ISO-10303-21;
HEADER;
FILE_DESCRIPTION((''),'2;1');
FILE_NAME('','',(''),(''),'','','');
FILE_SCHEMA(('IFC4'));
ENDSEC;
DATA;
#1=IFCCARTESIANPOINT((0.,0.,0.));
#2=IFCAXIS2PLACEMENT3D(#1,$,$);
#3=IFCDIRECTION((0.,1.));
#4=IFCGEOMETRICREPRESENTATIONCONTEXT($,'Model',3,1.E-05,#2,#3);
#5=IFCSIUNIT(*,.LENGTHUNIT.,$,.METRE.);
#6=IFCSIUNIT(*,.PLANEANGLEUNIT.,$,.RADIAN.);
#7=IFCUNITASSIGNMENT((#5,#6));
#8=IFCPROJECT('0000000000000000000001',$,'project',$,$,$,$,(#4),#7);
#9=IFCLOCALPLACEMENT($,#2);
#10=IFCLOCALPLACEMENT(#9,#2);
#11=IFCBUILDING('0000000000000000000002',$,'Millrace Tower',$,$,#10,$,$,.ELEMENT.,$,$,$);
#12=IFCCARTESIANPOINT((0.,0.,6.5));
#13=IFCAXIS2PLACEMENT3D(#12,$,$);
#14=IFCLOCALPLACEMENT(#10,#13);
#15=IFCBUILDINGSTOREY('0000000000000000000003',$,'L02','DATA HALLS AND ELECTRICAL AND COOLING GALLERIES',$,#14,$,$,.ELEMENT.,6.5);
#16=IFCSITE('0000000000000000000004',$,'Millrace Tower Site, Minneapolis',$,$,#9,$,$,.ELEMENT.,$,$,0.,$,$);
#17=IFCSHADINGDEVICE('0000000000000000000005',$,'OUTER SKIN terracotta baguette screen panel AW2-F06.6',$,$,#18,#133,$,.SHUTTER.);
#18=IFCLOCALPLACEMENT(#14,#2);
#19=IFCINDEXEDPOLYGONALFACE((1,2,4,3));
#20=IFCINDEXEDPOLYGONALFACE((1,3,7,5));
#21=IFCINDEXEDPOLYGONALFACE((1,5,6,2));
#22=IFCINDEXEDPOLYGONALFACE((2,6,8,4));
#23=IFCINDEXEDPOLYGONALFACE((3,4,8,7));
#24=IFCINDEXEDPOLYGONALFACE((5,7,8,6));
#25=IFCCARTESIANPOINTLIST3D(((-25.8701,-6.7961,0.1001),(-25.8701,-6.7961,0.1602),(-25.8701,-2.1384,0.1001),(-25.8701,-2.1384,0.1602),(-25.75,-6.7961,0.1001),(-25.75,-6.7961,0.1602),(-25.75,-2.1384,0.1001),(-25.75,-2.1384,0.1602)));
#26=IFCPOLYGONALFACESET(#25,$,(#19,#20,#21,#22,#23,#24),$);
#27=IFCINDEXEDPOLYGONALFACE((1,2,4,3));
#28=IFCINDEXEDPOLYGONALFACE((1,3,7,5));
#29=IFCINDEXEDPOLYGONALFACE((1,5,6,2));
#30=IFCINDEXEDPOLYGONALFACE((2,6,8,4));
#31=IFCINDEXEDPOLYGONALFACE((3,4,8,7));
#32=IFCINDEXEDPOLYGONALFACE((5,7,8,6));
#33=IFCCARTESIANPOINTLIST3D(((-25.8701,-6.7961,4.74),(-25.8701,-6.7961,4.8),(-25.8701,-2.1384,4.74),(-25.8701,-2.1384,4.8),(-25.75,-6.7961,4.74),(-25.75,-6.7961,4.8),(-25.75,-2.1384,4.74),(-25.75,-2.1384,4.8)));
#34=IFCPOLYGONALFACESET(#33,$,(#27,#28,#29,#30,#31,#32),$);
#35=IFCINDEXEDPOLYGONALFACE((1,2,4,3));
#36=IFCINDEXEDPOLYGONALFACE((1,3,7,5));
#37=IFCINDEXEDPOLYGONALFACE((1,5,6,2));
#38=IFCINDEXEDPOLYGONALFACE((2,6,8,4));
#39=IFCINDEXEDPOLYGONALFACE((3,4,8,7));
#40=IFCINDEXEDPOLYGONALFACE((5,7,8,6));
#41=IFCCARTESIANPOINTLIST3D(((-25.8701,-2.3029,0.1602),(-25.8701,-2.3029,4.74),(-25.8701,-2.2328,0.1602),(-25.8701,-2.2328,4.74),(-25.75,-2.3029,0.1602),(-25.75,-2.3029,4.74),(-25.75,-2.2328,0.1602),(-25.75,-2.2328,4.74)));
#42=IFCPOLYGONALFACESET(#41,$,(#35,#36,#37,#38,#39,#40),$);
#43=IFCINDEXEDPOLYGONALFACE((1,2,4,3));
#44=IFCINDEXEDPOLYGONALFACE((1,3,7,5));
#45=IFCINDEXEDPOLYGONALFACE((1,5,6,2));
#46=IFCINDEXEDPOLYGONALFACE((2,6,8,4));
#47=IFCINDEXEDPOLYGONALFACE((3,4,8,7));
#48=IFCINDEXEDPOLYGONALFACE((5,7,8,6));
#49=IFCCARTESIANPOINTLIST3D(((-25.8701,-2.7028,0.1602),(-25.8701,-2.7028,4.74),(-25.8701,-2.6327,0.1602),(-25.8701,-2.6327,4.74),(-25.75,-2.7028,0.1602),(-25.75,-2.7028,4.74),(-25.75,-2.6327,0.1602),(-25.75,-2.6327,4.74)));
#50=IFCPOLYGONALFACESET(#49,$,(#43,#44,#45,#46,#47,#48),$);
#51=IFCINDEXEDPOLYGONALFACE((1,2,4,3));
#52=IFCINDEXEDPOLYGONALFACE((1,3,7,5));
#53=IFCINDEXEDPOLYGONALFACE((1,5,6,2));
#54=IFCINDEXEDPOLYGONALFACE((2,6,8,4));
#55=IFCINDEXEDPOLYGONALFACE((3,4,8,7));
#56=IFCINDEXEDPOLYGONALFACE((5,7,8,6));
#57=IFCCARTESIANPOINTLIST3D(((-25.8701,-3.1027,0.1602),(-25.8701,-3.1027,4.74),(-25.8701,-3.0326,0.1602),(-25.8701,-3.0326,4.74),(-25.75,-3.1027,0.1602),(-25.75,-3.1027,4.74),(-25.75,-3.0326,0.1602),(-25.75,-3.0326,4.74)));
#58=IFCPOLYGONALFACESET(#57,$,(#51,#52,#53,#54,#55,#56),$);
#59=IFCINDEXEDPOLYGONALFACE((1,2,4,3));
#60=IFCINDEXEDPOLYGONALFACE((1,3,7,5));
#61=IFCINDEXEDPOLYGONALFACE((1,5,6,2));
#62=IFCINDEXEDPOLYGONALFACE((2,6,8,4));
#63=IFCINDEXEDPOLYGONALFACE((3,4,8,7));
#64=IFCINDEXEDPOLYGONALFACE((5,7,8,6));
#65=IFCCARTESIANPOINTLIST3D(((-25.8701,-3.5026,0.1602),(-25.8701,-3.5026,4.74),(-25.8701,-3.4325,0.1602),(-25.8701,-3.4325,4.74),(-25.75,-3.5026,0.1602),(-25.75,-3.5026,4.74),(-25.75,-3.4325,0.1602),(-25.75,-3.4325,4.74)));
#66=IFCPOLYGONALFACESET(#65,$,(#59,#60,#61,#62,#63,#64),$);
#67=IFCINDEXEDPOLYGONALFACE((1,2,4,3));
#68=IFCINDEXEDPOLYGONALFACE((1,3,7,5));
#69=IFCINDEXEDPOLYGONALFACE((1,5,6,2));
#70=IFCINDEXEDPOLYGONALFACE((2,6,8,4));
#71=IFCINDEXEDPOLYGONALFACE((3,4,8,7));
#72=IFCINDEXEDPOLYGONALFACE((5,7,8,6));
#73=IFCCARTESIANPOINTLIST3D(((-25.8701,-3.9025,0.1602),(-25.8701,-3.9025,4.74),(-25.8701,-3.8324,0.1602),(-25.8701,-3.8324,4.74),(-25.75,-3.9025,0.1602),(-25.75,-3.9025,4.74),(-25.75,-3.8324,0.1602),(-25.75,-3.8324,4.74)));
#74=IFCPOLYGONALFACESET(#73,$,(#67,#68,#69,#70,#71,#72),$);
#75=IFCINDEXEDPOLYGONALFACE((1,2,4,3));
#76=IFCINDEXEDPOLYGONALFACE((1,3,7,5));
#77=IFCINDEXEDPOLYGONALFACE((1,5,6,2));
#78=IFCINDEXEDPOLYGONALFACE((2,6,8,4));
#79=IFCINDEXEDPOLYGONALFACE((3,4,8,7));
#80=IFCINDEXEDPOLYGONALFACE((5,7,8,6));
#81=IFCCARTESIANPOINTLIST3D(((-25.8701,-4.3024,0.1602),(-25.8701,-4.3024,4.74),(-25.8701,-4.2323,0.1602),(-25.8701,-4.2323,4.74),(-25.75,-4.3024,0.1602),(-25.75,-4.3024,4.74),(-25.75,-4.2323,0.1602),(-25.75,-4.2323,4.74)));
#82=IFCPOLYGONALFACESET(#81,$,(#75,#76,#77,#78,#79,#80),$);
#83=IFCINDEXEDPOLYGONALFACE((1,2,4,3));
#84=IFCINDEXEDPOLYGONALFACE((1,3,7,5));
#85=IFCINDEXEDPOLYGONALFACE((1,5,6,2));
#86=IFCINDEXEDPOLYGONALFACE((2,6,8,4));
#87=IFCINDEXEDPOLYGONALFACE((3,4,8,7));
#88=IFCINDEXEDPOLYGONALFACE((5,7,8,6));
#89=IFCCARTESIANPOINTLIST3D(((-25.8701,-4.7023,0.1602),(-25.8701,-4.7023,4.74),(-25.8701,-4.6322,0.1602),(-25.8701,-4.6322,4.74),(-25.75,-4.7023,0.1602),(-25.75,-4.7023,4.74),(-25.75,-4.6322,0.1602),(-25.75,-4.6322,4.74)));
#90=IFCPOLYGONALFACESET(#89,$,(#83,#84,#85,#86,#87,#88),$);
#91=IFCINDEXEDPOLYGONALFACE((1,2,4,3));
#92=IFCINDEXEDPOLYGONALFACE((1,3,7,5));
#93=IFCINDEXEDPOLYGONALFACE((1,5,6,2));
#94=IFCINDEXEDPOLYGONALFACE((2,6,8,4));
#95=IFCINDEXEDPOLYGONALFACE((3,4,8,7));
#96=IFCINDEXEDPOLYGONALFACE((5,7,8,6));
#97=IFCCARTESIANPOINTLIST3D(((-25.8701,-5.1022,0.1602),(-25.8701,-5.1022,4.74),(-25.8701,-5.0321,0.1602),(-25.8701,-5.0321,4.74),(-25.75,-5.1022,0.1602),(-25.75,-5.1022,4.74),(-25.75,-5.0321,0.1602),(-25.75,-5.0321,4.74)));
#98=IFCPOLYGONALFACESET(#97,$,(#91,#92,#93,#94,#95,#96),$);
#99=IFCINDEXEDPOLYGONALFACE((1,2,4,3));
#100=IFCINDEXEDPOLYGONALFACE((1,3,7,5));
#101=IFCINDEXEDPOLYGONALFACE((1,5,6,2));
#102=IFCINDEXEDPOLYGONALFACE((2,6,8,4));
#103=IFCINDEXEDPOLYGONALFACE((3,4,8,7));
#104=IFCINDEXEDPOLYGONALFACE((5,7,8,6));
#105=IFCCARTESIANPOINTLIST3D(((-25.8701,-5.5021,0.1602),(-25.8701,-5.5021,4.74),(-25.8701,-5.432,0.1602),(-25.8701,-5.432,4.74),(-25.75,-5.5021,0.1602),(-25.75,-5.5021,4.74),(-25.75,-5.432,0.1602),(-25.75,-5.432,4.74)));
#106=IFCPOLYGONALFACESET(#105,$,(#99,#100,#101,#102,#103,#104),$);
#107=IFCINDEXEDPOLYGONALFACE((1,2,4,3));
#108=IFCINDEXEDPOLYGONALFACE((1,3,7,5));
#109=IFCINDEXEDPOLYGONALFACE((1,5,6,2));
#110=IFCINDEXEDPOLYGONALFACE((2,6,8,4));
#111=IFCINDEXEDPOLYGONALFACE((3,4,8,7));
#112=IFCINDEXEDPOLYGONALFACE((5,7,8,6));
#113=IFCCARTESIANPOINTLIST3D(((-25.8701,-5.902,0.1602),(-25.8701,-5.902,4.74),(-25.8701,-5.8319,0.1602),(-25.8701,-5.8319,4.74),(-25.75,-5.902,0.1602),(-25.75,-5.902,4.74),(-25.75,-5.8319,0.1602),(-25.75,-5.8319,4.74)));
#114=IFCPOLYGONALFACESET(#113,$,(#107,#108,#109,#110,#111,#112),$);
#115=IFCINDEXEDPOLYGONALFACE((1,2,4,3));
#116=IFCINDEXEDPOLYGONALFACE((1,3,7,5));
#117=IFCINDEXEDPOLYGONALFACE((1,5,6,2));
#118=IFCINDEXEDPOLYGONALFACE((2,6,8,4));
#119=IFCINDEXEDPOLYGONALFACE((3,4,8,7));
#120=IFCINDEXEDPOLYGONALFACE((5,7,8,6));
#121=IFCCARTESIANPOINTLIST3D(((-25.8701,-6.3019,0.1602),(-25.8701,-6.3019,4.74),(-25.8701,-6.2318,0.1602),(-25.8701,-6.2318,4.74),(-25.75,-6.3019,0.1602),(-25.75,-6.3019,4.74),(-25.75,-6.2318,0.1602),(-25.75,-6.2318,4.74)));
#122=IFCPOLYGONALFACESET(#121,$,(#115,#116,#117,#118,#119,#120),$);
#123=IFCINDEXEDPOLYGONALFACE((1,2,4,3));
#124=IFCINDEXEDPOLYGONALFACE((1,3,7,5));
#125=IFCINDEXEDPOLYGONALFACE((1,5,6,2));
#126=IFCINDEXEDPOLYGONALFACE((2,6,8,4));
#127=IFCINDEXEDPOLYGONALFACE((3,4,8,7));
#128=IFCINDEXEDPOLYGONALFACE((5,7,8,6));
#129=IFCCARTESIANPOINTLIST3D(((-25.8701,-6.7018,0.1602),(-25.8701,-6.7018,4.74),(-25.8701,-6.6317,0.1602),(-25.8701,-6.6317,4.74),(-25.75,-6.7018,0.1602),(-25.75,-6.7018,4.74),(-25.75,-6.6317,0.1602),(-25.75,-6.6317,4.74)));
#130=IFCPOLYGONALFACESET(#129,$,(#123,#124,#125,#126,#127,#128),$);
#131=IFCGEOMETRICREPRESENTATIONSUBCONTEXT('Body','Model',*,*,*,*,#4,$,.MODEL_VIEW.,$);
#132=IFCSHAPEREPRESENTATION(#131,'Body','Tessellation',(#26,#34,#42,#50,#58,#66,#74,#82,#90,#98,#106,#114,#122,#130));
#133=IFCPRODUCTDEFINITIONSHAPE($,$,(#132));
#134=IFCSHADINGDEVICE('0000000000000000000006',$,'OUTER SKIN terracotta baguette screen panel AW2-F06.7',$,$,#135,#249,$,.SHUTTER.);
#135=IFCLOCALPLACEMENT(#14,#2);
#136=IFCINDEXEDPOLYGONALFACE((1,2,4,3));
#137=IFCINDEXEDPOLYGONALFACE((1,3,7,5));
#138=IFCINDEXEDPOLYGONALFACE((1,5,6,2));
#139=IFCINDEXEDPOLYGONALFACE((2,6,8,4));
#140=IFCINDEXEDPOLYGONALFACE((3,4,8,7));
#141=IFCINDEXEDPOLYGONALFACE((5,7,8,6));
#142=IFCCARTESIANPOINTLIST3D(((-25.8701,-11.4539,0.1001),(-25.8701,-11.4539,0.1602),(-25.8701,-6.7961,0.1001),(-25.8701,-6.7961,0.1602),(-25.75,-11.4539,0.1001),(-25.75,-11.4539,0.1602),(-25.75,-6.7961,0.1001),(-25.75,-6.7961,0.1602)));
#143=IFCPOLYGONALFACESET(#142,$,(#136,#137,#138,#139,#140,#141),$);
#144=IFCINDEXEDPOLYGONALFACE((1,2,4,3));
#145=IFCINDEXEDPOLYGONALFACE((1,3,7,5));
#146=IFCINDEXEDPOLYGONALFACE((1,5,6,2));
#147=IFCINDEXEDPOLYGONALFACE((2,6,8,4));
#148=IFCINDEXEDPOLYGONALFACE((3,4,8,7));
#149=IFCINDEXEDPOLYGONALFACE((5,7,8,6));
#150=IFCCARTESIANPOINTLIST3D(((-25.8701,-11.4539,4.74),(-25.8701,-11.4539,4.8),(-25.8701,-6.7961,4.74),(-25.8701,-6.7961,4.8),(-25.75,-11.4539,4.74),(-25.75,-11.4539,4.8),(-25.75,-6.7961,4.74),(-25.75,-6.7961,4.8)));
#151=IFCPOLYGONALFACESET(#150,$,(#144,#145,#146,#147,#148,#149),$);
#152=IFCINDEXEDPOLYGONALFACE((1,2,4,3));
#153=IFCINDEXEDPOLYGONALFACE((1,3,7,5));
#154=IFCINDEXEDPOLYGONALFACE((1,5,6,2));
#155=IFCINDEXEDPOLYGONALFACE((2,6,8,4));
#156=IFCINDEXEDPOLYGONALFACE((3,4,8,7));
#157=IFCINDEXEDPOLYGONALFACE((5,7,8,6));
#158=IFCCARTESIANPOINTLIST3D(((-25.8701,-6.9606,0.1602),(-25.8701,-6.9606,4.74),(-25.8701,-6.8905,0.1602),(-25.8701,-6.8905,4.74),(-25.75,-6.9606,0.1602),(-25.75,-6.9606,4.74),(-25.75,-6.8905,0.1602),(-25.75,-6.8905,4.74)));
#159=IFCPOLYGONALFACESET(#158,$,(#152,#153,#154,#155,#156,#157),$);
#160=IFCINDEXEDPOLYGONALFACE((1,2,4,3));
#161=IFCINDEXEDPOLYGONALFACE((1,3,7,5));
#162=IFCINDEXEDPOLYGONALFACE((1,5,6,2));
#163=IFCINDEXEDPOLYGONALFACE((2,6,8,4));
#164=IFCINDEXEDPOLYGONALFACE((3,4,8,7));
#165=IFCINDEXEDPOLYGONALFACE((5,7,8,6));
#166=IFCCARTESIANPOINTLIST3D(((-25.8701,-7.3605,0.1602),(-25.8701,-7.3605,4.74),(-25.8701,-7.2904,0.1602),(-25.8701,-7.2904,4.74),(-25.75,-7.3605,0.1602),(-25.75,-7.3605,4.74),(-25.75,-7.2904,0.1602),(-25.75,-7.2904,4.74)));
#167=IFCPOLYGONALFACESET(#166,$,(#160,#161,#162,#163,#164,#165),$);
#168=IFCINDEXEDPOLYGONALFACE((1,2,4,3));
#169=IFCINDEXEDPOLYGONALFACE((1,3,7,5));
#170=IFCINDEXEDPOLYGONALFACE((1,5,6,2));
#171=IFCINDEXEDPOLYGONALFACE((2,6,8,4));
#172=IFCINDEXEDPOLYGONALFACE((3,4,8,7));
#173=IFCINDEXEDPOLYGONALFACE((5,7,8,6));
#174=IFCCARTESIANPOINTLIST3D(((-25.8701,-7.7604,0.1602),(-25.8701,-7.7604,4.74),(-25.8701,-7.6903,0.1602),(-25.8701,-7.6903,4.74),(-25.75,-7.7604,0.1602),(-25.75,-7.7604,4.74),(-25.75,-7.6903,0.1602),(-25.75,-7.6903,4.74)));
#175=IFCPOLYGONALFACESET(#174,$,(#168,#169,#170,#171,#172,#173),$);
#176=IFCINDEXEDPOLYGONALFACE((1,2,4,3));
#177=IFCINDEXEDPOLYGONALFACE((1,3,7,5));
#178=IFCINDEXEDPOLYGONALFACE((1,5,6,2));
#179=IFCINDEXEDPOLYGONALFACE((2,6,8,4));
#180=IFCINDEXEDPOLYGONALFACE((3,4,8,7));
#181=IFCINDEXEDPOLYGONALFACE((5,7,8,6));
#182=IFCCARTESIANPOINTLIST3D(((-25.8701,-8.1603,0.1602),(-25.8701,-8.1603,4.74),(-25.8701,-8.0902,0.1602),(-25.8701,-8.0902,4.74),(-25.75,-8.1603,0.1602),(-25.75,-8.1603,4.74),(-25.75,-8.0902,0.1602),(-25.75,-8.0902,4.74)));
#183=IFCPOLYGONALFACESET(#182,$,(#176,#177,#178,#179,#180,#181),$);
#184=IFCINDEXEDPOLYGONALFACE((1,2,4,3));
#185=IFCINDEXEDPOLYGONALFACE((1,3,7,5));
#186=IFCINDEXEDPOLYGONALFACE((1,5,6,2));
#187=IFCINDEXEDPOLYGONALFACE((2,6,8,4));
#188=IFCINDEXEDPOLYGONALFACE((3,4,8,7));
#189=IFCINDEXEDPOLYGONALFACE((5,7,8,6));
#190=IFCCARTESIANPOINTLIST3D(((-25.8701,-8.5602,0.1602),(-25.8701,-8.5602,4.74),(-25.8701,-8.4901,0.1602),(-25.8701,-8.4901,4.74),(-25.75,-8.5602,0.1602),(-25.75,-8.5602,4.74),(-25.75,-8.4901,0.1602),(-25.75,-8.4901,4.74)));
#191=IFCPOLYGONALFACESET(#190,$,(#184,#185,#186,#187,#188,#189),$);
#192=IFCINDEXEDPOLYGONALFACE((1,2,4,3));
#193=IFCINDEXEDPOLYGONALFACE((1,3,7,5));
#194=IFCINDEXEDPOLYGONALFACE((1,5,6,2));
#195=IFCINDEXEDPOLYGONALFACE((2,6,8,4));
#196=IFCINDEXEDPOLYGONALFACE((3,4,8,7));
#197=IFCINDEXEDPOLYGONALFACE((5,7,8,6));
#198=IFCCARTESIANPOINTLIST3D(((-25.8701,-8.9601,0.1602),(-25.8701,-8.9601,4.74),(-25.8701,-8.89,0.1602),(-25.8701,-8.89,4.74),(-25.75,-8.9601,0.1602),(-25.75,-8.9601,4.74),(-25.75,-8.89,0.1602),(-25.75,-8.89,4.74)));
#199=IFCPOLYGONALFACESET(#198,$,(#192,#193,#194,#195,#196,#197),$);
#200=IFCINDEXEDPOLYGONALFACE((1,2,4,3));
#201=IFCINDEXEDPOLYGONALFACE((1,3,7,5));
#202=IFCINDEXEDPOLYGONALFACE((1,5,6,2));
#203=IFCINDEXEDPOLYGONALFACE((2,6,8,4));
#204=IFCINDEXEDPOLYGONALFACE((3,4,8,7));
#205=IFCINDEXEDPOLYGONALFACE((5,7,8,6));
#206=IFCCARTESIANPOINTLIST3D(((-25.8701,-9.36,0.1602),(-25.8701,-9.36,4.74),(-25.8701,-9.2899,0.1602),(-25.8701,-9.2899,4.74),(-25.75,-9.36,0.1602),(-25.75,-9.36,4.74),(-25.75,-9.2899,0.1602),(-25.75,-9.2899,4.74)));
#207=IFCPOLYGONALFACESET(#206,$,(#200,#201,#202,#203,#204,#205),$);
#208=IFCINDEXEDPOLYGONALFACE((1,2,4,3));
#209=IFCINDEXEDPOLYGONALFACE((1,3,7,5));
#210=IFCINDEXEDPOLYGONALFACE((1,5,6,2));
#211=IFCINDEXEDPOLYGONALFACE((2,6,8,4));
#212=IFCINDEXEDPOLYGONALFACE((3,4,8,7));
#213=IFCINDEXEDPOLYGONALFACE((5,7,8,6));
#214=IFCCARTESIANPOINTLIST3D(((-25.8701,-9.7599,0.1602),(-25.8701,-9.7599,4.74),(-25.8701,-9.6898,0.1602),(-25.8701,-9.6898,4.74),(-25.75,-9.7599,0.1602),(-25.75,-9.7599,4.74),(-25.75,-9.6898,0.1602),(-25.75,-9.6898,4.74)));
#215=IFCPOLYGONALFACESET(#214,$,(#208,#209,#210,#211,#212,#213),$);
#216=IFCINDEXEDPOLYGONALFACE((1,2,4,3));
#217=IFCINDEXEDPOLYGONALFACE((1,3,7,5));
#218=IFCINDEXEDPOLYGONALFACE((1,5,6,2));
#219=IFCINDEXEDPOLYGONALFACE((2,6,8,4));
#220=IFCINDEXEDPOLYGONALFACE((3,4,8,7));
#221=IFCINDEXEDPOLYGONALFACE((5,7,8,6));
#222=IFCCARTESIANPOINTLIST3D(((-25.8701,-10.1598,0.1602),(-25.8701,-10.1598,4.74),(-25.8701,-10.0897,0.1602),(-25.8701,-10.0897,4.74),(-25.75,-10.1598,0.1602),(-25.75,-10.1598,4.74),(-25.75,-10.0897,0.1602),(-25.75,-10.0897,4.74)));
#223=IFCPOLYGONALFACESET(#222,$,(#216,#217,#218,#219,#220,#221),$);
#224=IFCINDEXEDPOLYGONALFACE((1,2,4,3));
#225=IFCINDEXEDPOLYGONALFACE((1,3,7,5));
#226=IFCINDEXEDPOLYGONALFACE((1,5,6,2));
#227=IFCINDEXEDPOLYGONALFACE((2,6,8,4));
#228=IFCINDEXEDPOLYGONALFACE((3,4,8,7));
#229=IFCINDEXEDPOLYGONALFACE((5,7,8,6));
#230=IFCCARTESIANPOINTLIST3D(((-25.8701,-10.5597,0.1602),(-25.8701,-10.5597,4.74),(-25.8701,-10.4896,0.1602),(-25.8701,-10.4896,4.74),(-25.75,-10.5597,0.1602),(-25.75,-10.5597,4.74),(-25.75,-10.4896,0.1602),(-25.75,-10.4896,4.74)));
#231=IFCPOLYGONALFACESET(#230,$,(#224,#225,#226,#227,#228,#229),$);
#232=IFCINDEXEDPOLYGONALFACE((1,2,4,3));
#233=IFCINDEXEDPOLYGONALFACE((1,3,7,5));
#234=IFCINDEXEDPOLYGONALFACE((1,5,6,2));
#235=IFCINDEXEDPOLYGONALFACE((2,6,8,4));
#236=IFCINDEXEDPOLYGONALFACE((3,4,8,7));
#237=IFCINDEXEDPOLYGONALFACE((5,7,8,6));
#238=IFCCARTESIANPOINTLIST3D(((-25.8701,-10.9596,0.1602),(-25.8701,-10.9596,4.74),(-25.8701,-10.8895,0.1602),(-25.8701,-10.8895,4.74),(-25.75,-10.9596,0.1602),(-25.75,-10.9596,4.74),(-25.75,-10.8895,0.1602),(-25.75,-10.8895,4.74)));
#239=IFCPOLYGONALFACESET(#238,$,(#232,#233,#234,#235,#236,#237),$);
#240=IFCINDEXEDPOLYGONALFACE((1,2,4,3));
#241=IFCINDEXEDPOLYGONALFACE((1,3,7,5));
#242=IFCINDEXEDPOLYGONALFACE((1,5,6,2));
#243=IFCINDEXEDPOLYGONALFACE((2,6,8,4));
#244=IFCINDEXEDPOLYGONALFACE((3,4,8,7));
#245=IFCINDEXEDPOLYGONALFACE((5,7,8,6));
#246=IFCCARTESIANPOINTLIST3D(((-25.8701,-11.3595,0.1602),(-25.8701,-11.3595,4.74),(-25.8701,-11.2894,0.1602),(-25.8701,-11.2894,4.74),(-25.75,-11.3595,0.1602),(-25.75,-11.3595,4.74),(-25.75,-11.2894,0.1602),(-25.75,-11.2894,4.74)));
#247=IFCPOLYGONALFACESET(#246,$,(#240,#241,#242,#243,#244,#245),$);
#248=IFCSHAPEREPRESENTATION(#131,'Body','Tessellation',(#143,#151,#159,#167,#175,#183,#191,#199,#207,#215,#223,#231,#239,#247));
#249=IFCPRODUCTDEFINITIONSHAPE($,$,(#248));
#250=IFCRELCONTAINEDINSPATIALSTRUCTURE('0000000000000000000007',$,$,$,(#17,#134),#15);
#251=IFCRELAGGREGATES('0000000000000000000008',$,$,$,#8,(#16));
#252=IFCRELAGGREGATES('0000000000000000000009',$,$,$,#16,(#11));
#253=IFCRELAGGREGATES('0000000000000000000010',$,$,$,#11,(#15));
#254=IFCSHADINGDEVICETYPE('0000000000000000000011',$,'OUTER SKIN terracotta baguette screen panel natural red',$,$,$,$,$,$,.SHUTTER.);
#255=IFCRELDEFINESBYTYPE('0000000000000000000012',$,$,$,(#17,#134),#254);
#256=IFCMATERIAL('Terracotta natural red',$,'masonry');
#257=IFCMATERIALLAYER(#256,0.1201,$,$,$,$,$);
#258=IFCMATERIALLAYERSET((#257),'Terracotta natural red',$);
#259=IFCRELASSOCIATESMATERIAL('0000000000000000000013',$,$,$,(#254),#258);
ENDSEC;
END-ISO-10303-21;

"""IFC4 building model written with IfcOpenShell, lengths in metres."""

from ifc_helpers import new_model, entity, si_unit, direction, frame, frame_2d, origin, place, context, subcontext, project, spatial, rectangle, extrude, source, transform, mapped, material, layer, layer_set, type_object, element, save


model = new_model("IFC4")

# Units and contexts
model_context = context("Model", 3, precision=1e-05, world=origin(), true_north=direction((0.0, 1.0)))
body_context = subcontext(model_context, "Body", "Model", "MODEL_VIEW")
ifc_project = project(units=[si_unit("LENGTHUNIT", "METRE"), si_unit("PLANEANGLEUNIT", "RADIAN")], contexts=[model_context])

# Site, building, storey
site_placement = place(None, origin())
site = spatial("IfcSite", under=ifc_project, at=site_placement, Name="Millrace Tower Site, Minneapolis", CompositionType="ELEMENT", RefElevation=0.0)
building_placement = place(site_placement, origin())
building = spatial("IfcBuilding", under=site, at=building_placement, Name="Millrace Tower", CompositionType="ELEMENT")
storey_placement = place(building_placement, frame((0.0, 0.0, 6.5)))
storey = spatial("IfcBuildingStorey", under=building, at=storey_placement, Name="L02", Description="DATA HALLS AND ELECTRICAL AND COOLING GALLERIES", CompositionType="ELEMENT", Elevation=6.5)

# Shading devices
cartesian_point = entity("IfcCartesianPoint", [-2.3289, 0.0601])
shared_polyline = entity("IfcPolyline", [cartesian_point, entity("IfcCartesianPoint", [2.3289, 0.0601]), entity("IfcCartesianPoint", [2.3289, -0.0601]), entity("IfcCartesianPoint", [-2.3289, -0.0601]), cartesian_point])
ifc_material_1 = material(Name="Terracotta natural red", Category="masonry")
ifc_layer_1 = layer(ifc_material_1, 0.1201)
ifc_layer_set_1 = layer_set([ifc_layer_1], Name="Terracotta natural red")
shading_device_type_1 = type_object("IfcShadingDeviceType", Name="OUTER SKIN terracotta baguette screen panel natural red", PredefinedType="SHUTTER", material=ifc_layer_set_1)
shared_shape_1 = source(origin(), body_context, "Body", "SweptSolid", [
    entity("IfcExtrudedAreaSolid", entity("IfcArbitraryClosedProfileDef", "AREA", None, shared_polyline), entity("IfcAxis2Placement3D", entity("IfcCartesianPoint", [0.0, 0.0, 0.0])), entity("IfcDirection", [0.0, 0.0, 1.0]), 0.0601),
    entity("IfcExtrudedAreaSolid", entity("IfcArbitraryClosedProfileDef", "AREA", None, shared_polyline), entity("IfcAxis2Placement3D", entity("IfcCartesianPoint", [0.0, 0.0, 4.6399])), entity("IfcDirection", [0.0, 0.0, 1.0]), 0.0601),
    extrude(rectangle(XDim=0.0701, YDim=0.1201, at=frame_2d((-2.1995, 0.0))), frame((0.0, 0.0, 0.0601)), (0.0, 0.0, 1.0), 4.5798),
    extrude(rectangle(XDim=0.0701, YDim=0.1201, at=frame_2d((-1.7996, 0.0))), frame((0.0, 0.0, 0.0601)), (0.0, 0.0, 1.0), 4.5798),
    extrude(rectangle(XDim=0.0701, YDim=0.1201, at=frame_2d((-1.3997, 0.0))), frame((0.0, 0.0, 0.0601)), (0.0, 0.0, 1.0), 4.5798),
    extrude(rectangle(XDim=0.0701, YDim=0.1201, at=frame_2d((-0.9998, 0.0))), frame((0.0, 0.0, 0.0601)), (0.0, 0.0, 1.0), 4.5798),
    extrude(rectangle(XDim=0.0701, YDim=0.1201, at=frame_2d((-0.5999, 0.0))), frame((0.0, 0.0, 0.0601)), (0.0, 0.0, 1.0), 4.5798),
    extrude(rectangle(XDim=0.0701, YDim=0.1201, at=frame_2d((-0.2, 0.0))), frame((0.0, 0.0, 0.0601)), (0.0, 0.0, 1.0), 4.5798),
    extrude(rectangle(XDim=0.0701, YDim=0.1201, at=frame_2d((0.2, 0.0))), frame((0.0, 0.0, 0.0601)), (0.0, 0.0, 1.0), 4.5798),
    extrude(rectangle(XDim=0.0701, YDim=0.1201, at=frame_2d((0.5999, 0.0))), frame((0.0, 0.0, 0.0601)), (0.0, 0.0, 1.0), 4.5798),
    extrude(rectangle(XDim=0.0701, YDim=0.1201, at=frame_2d((0.9998, 0.0))), frame((0.0, 0.0, 0.0601)), (0.0, 0.0, 1.0), 4.5798),
    extrude(rectangle(XDim=0.0701, YDim=0.1201, at=frame_2d((1.3997, 0.0))), frame((0.0, 0.0, 0.0601)), (0.0, 0.0, 1.0), 4.5798),
    extrude(rectangle(XDim=0.0701, YDim=0.1201, at=frame_2d((1.7996, 0.0))), frame((0.0, 0.0, 0.0601)), (0.0, 0.0, 1.0), 4.5798),
    extrude(rectangle(XDim=0.0701, YDim=0.1201, at=frame_2d((2.1995, 0.0))), frame((0.0, 0.0, 0.0601)), (0.0, 0.0, 1.0), 4.5798),
])
for number, where, z_axis, x_axis, name in (
    (1, (-25.8101, -4.4673, 0.1001), (0.0, 0.0, 1.0), (0.0, -1.0, 0.0), "OUTER SKIN terracotta baguette screen panel AW2-F06.6"),
    (2, (-25.8101, -9.125, 0.1001), (0.0, 0.0, 1.0), (0.0, -1.0, 0.0), "OUTER SKIN terracotta baguette screen panel AW2-F06.7"),
):
    element("IfcShadingDevice", number, at=place(storey_placement, frame(where, z_axis=z_axis, x_axis=x_axis)), inside=storey, type_object=shading_device_type_1, Name=name, PredefinedType="SHUTTER", context=body_context, shape_type="MappedRepresentation", body=[
        mapped(shared_shape_1, transform((0.0, 0.0, 0.0), scale=1.0)),
    ])

save(model, "model.ifc")
